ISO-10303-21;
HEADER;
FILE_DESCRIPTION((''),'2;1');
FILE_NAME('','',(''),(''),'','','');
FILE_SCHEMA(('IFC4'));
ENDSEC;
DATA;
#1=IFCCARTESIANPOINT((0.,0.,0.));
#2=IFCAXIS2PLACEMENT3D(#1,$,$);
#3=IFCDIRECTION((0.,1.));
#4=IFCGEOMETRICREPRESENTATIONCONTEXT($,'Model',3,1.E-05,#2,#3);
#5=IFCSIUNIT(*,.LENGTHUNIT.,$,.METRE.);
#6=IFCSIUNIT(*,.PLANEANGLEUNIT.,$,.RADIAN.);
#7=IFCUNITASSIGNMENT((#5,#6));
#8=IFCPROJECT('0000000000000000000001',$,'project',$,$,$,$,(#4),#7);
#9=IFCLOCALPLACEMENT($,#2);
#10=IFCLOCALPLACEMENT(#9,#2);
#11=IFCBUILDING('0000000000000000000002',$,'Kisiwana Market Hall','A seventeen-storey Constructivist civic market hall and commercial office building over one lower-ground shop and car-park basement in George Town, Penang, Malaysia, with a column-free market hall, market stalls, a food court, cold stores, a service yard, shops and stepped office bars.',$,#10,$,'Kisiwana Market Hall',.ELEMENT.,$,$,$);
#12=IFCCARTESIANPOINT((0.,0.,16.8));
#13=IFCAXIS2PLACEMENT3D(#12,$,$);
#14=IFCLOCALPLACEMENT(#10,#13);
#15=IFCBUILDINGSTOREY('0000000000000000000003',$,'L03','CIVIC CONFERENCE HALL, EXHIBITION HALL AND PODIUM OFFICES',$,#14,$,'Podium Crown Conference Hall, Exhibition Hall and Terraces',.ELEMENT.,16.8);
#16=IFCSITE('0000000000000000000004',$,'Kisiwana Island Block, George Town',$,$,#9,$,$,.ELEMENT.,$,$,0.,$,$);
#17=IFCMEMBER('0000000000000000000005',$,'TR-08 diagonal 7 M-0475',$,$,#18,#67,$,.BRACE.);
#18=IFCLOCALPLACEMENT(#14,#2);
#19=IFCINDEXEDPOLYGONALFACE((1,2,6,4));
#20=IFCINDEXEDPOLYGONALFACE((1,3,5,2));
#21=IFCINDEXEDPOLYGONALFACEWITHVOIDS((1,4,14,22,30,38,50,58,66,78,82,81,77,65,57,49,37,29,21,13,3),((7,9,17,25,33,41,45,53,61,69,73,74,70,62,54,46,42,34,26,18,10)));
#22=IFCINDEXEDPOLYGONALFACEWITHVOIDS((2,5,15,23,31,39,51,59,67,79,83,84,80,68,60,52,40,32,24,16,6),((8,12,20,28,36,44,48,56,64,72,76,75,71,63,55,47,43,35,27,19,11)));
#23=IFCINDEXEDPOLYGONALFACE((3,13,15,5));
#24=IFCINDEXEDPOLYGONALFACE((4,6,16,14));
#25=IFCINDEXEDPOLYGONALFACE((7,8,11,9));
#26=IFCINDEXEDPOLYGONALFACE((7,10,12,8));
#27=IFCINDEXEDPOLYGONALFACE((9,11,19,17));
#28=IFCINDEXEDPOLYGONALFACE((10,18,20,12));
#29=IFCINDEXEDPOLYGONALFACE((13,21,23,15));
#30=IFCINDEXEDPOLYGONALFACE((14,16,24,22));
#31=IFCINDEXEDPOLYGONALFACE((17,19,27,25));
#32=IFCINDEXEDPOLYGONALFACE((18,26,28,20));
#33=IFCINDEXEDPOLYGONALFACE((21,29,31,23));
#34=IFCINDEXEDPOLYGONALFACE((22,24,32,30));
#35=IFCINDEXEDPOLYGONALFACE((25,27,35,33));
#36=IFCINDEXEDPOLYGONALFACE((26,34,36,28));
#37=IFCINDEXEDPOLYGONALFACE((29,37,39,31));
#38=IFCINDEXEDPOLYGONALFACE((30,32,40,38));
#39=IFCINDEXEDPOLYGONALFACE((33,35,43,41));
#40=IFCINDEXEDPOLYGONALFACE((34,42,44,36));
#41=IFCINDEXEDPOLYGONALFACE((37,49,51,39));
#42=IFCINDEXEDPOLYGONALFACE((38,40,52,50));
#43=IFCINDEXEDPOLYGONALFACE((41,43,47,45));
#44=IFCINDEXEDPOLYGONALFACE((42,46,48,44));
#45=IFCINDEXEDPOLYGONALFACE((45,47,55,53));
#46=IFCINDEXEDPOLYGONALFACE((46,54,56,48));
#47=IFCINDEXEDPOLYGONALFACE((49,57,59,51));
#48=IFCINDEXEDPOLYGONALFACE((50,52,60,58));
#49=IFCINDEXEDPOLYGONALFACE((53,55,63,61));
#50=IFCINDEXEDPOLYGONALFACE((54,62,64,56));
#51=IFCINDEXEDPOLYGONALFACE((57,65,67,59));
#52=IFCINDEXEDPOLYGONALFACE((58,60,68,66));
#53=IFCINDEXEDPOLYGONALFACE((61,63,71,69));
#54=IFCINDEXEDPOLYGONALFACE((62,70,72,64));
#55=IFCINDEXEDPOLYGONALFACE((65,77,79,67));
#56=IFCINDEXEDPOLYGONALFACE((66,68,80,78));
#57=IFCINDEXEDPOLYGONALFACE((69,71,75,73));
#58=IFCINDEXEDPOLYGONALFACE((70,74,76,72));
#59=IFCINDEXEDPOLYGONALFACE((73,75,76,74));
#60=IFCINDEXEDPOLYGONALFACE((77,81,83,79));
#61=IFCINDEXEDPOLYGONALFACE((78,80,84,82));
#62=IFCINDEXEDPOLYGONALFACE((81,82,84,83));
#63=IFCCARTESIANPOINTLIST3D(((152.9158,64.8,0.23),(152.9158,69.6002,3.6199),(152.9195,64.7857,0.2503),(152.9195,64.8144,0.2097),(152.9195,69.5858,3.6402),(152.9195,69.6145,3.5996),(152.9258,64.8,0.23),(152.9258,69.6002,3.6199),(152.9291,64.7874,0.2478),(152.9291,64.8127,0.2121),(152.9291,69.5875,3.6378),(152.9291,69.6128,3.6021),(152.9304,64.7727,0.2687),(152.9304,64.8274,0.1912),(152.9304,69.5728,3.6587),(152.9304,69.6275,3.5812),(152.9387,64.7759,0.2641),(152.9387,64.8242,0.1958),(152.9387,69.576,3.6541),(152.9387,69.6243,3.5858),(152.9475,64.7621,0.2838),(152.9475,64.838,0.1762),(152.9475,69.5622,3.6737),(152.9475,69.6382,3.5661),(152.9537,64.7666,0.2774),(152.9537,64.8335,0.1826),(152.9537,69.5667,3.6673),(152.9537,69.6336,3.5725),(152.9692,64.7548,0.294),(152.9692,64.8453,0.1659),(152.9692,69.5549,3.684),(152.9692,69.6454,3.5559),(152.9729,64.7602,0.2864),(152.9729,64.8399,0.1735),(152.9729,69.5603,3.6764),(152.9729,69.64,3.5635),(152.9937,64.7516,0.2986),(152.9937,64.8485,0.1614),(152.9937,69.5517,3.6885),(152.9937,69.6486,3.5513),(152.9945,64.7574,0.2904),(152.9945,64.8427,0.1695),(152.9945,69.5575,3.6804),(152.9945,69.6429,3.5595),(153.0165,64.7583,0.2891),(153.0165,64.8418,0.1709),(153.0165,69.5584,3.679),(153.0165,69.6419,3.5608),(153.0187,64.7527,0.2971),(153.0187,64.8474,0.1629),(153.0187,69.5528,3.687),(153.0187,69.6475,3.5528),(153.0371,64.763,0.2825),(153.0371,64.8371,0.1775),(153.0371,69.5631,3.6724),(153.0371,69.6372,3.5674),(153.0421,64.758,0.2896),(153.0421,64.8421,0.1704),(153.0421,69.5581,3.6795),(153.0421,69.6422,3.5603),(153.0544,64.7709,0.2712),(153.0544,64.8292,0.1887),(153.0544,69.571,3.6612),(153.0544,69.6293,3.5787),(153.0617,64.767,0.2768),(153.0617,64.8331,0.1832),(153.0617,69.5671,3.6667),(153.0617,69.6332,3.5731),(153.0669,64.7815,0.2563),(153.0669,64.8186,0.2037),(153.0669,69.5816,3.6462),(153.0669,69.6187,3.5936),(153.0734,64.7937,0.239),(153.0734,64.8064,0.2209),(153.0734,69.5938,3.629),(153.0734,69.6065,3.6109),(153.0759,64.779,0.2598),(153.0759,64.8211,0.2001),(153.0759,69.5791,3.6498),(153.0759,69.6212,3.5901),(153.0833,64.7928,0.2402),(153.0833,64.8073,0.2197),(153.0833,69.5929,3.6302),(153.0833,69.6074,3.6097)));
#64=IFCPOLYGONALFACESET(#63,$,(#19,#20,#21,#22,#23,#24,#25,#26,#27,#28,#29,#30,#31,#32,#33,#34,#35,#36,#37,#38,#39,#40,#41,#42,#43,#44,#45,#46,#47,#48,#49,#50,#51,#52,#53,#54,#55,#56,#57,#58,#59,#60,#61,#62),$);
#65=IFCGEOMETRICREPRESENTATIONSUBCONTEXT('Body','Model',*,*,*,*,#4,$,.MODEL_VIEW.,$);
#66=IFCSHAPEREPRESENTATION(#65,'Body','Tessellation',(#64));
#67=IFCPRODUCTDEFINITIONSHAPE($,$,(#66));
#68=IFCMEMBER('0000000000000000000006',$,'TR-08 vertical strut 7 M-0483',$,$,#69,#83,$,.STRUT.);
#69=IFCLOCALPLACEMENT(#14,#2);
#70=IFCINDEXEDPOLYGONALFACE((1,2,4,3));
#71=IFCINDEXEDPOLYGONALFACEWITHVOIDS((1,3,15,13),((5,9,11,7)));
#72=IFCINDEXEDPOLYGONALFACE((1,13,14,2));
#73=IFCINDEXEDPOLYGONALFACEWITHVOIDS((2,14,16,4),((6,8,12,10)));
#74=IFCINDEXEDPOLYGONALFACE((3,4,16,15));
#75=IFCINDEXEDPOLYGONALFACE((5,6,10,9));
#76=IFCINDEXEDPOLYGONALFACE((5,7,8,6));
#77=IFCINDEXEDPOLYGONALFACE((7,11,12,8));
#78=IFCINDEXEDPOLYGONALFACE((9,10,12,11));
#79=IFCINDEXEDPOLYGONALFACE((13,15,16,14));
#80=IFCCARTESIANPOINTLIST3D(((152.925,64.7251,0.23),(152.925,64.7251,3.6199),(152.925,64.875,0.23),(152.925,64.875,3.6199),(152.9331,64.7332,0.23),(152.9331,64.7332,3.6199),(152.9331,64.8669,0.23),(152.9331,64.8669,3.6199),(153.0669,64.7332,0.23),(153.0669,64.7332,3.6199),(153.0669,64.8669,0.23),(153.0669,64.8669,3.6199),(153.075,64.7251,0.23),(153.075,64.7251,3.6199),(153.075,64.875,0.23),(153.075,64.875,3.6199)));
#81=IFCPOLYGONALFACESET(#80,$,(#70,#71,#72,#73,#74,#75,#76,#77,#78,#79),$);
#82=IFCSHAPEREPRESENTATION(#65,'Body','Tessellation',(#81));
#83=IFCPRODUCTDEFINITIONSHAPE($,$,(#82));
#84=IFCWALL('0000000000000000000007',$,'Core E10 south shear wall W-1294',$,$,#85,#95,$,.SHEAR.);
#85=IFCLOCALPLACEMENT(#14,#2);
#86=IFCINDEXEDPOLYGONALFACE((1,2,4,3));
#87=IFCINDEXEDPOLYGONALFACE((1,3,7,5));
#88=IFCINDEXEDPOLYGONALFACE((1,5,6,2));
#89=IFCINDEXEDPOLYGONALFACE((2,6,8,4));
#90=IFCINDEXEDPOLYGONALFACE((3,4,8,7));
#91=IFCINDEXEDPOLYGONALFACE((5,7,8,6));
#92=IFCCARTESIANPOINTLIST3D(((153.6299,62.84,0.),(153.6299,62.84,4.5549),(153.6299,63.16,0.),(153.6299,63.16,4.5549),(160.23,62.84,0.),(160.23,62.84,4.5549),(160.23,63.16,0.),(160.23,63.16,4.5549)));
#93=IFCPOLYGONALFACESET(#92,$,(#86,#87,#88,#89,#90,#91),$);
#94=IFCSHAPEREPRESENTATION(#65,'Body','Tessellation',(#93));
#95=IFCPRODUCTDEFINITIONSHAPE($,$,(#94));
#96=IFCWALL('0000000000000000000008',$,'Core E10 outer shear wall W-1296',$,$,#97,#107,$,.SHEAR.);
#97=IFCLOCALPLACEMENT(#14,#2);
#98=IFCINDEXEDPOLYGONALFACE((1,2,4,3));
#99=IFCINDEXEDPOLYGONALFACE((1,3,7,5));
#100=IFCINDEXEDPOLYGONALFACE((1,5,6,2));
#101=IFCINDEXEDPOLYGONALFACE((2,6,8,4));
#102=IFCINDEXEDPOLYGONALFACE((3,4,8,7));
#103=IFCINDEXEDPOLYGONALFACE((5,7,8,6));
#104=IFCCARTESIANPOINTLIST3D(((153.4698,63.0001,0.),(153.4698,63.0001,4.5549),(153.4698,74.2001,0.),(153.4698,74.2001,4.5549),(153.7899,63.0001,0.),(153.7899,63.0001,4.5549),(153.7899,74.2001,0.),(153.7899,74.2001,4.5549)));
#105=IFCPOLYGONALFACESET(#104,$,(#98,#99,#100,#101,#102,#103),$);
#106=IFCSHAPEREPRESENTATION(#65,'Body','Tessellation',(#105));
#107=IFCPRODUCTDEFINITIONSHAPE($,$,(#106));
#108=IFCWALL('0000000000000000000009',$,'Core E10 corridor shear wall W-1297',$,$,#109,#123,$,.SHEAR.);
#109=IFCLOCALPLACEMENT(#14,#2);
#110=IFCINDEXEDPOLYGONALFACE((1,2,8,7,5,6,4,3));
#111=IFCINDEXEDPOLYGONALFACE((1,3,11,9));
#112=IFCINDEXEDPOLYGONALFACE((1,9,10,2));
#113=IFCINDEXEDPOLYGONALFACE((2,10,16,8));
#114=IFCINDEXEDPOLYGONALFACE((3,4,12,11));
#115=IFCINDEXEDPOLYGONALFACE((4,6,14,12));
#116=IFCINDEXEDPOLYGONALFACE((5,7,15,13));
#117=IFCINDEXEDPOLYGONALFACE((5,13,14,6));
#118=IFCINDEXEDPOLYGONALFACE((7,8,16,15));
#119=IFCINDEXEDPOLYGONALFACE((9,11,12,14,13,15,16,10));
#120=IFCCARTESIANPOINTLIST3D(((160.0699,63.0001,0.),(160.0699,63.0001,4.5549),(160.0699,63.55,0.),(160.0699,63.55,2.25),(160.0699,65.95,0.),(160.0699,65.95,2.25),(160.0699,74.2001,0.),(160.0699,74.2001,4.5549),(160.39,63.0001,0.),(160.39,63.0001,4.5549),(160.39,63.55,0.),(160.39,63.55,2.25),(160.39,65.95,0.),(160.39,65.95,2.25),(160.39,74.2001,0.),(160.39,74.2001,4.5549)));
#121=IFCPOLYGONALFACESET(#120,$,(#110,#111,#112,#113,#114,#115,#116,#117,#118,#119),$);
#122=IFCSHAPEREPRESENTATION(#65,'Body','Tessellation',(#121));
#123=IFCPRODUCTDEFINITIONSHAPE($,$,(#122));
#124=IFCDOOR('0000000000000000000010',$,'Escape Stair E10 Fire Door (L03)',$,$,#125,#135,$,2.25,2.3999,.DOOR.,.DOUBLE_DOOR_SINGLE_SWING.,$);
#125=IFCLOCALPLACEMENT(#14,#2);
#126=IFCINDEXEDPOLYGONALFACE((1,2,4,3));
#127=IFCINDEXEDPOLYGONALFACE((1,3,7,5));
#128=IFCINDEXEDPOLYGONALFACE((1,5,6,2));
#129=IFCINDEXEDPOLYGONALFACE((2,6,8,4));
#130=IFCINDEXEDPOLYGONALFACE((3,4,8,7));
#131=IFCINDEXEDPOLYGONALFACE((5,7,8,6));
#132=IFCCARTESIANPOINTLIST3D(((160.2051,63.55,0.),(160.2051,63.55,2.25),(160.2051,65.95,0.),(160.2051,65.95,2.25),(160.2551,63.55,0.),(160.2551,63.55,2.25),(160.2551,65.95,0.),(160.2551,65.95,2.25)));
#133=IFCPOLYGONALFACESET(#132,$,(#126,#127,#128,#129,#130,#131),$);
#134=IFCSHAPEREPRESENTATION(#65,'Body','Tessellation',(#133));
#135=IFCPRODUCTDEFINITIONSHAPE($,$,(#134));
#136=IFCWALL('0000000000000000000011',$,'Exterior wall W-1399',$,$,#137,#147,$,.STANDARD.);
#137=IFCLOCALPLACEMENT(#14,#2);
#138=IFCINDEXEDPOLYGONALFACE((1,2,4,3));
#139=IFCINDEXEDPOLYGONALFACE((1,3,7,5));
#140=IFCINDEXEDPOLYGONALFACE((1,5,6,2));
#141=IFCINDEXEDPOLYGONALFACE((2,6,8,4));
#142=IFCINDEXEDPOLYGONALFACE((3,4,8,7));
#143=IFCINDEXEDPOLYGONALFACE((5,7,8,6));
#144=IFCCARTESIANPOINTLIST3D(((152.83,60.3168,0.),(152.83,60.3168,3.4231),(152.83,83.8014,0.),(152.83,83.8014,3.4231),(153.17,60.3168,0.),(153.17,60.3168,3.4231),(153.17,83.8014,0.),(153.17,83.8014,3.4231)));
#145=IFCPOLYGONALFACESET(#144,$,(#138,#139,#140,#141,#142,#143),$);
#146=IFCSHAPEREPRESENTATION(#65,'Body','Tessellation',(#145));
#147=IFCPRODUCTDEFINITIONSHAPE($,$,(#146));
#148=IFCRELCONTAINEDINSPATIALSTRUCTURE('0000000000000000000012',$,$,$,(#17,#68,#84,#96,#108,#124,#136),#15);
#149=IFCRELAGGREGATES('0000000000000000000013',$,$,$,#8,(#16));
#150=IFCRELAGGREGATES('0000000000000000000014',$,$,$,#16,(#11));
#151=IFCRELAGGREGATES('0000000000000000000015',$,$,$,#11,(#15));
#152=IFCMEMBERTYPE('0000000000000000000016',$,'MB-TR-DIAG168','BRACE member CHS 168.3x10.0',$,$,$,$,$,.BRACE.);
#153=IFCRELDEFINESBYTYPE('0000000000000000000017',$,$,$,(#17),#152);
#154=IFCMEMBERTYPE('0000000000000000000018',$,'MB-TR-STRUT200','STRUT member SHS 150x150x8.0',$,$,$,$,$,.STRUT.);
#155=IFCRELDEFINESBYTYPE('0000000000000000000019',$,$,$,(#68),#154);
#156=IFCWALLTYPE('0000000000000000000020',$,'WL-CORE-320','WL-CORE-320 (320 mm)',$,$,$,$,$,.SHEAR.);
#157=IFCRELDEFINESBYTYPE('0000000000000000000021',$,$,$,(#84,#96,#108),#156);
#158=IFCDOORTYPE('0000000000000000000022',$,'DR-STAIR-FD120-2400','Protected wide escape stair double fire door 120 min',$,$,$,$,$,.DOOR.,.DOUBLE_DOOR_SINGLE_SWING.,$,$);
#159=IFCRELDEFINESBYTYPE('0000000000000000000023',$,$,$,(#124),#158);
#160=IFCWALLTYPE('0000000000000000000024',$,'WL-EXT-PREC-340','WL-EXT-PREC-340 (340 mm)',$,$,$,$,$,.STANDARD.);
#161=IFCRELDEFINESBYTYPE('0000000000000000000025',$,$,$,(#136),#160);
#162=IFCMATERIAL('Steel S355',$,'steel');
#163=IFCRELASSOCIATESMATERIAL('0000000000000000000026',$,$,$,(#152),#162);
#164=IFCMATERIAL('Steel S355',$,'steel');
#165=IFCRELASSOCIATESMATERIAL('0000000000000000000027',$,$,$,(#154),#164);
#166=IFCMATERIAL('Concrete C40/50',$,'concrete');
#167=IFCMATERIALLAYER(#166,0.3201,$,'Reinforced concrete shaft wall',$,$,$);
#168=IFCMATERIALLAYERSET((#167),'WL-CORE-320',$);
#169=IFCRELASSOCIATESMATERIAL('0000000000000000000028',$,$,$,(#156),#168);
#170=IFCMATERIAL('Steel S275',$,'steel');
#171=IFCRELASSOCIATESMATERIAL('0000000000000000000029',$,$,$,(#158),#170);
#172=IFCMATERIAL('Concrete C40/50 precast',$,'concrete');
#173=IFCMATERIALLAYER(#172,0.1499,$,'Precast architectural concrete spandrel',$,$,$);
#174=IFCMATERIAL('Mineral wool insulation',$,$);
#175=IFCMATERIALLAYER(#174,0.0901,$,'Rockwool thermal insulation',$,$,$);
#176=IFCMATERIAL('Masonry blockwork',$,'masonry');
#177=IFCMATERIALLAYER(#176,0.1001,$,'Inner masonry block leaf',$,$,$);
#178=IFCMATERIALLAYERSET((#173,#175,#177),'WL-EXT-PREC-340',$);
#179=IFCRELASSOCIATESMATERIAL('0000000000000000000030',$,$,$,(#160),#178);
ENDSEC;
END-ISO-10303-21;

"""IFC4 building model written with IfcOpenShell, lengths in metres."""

from ifc_helpers import new_model, si_unit, direction, frame, frame_2d, origin, origin_2d, place, context, subcontext, project, spatial, rectangle, hollow_rectangle, hollow_circle, extrude, material, layer, layer_set, material_profile, profile_set, type_object, element, fill, save


model = new_model("IFC4")

# Units and contexts
model_context = context("Model", 3, precision=1e-05, world=origin(), true_north=direction((0.0, 1.0)))
body_context = subcontext(model_context, "Body", "Model", "MODEL_VIEW")
ifc_project = project(units=[si_unit("LENGTHUNIT", "METRE"), si_unit("PLANEANGLEUNIT", "RADIAN")], contexts=[model_context])

# Site, building, storey
site_placement = place(None, origin())
site = spatial("IfcSite", under=ifc_project, at=site_placement, Name="Kisiwana Island Block, George Town", CompositionType="ELEMENT", RefElevation=0.0)
building_placement = place(site_placement, origin())
building = spatial("IfcBuilding", under=site, at=building_placement, Name="Kisiwana Market Hall", Description="A seventeen-storey Constructivist civic market hall and commercial office building over one lower-ground shop and car-park basement in George Town, Penang, Malaysia, with a column-free market hall, market stalls, a food court, cold stores, a service yard, shops and stepped office bars.", LongName="Kisiwana Market Hall", CompositionType="ELEMENT")
storey_placement = place(building_placement, frame((0.0, 0.0, 16.8)))
storey = spatial("IfcBuildingStorey", under=building, at=storey_placement, Name="L03", Description="CIVIC CONFERENCE HALL, EXHIBITION HALL AND PODIUM OFFICES", LongName="Podium Crown Conference Hall, Exhibition Hall and Terraces", CompositionType="ELEMENT", Elevation=16.8)

# Members
ifc_material_1 = material(Name="Steel S355", Category="steel")
ifc_material_profile_1 = material_profile(ifc_material_1, hollow_circle(Radius=0.0842, WallThickness=0.01, at=origin_2d()), Name="CHS 168.3x10.0")
ifc_profile_set_1 = profile_set([ifc_material_profile_1], Name="Steel S355")
member_type_1 = type_object("IfcMemberType", Name="MB-TR-DIAG168", Description="BRACE member CHS 168.3x10.0", PredefinedType="BRACE", material=ifc_profile_set_1)
for number, where, z_axis, x_axis, name in (
    (1, (153.0, 64.8, 0.23), (0.0, 0.816838, 0.576868), (-1.0, 0.0, 0.0), "TR-08 diagonal 7 M-0475"),
):
    element("IfcMember", number, at=place(storey_placement, frame(where, z_axis=z_axis, x_axis=x_axis)), inside=storey, type_object=member_type_1, Name=name, PredefinedType="BRACE", context=body_context, shape_type="SweptSolid", body=[
        extrude(hollow_circle(Radius=0.0842, WallThickness=0.01, at=origin_2d()), origin(), (0.0, 0.0, 1.0), 5.8765),
    ])
ifc_material_2 = material(Name="Steel S355", Category="steel")
ifc_material_profile_2 = material_profile(ifc_material_2, hollow_rectangle(XDim=0.1499, YDim=0.1499, WallThickness=0.0081, at=origin_2d()), Name="SHS 150x150x8.0")
ifc_profile_set_2 = profile_set([ifc_material_profile_2], Name="Steel S355")
member_type_2 = type_object("IfcMemberType", Name="MB-TR-STRUT200", Description="STRUT member SHS 150x150x8.0", PredefinedType="STRUT", material=ifc_profile_set_2)
member_1_placement = place(storey_placement, frame((153.0, 64.8, 0.23), z_axis=(0.0, 0.0, 1.0), x_axis=(1.0, 0.0, 0.0)))
element("IfcMember", 2, at=member_1_placement, inside=storey, type_object=member_type_2, Name="TR-08 vertical strut 7 M-0483", PredefinedType="STRUT", context=body_context, shape_type="SweptSolid", body=[
    extrude(hollow_rectangle(XDim=0.1499, YDim=0.1499, WallThickness=0.0081, at=origin_2d()), origin(), (0.0, 0.0, 1.0), 3.3899),
])

# Walls
ifc_material_3 = material(Name="Concrete C40/50", Category="concrete")
ifc_layer_1 = layer(ifc_material_3, 0.3201, Name="Reinforced concrete shaft wall")
ifc_layer_set_1 = layer_set([ifc_layer_1], Name="WL-CORE-320")
wall_type_1 = type_object("IfcWallType", Name="WL-CORE-320", Description="WL-CORE-320 (320 mm)", PredefinedType="SHEAR", material=ifc_layer_set_1)
wall_1_placement = place(storey_placement, frame((153.6299, 63.0, 0.0), z_axis=(0.0, 0.0, 1.0), x_axis=(1.0, 0.0, 0.0)))
element("IfcWall", 3, at=wall_1_placement, inside=storey, type_object=wall_type_1, Name="Core E10 south shear wall W-1294", PredefinedType="SHEAR", context=body_context, shape_type="SweptSolid", body=[
    extrude(rectangle(XDim=6.6001, YDim=0.3201, at=frame_2d((3.3, 0.0))), origin(), (0.0, 0.0, 1.0), 4.5549),
])
wall_2_placement = place(storey_placement, frame((153.6299, 63.0, 0.0), z_axis=(0.0, 0.0, 1.0), x_axis=(0.0, 1.0, 0.0)))
element("IfcWall", 4, at=wall_2_placement, inside=storey, type_object=wall_type_1, Name="Core E10 outer shear wall W-1296", PredefinedType="SHEAR", context=body_context, shape_type="SweptSolid", body=[
    extrude(rectangle(XDim=11.2, YDim=0.3201, at=frame_2d((5.6001, 0.0))), origin(), (0.0, 0.0, 1.0), 4.5549),
])

# Wall, opening, door
wall_3_placement = place(storey_placement, frame((160.23, 63.0, 0.0), z_axis=(0.0, 0.0, 1.0), x_axis=(0.0, 1.0, 0.0)))
wall_3 = element("IfcWall", 5, at=wall_3_placement, inside=storey, type_object=wall_type_1, Name="Core E10 corridor shear wall W-1297", PredefinedType="SHEAR", context=body_context, shape_type="SweptSolid", body=[
    extrude(rectangle(XDim=11.2, YDim=0.3201, at=frame_2d((5.6001, 0.0))), origin(), (0.0, 0.0, 1.0), 4.5549),
])
opening_placement = place(wall_3_placement, frame((0.55, 0.0, 0.0)))
opening = element("IfcOpeningElement", 6, at=opening_placement, cuts=wall_3, PredefinedType="OPENING", context=body_context, shape_type="SweptSolid", body=[
    extrude(rectangle(XDim=2.3999, YDim=2.25, at=frame_2d((1.2, 1.125))), frame((0.0, 0.1719, 0.0), z_axis=(0.0, -1.0, 0.0), x_axis=(1.0, 0.0, 0.0)), (0.0, 0.0, 1.0), 0.344),
])
ifc_material_4 = material(Name="Steel S275", Category="steel")
door_type = type_object("IfcDoorType", Name="DR-STAIR-FD120-2400", Description="Protected wide escape stair double fire door 120 min", OperationType="DOUBLE_DOOR_SINGLE_SWING", PredefinedType="DOOR", material=ifc_material_4)
door_placement = place(opening_placement, origin())
door = element("IfcDoor", 7, at=door_placement, inside=storey, type_object=door_type, Name="Escape Stair E10 Fire Door (L03)", OperationType="DOUBLE_DOOR_SINGLE_SWING", OverallHeight=2.25, OverallWidth=2.3999, PredefinedType="DOOR", context=body_context, shape_type="SweptSolid", body=[
    extrude(rectangle(XDim=2.3999, YDim=2.25, at=frame_2d((1.2, 1.125))), frame((0.0, 0.0249, 0.0), z_axis=(0.0, -1.0, 0.0), x_axis=(1.0, 0.0, 0.0)), (0.0, 0.0, 1.0), 0.05),
])
fill(opening, door)

# Wall
ifc_material_5 = material(Name="Concrete C40/50 precast", Category="concrete")
ifc_layer_2 = layer(ifc_material_5, 0.1499, Name="Precast architectural concrete spandrel")
ifc_material_6 = material(Name="Mineral wool insulation")
ifc_layer_3 = layer(ifc_material_6, 0.0901, Name="Rockwool thermal insulation")
ifc_material_7 = material(Name="Masonry blockwork", Category="masonry")
ifc_layer_4 = layer(ifc_material_7, 0.1001, Name="Inner masonry block leaf")
ifc_layer_set_2 = layer_set([ifc_layer_2, ifc_layer_3, ifc_layer_4], Name="WL-EXT-PREC-340")
wall_type_2 = type_object("IfcWallType", Name="WL-EXT-PREC-340", Description="WL-EXT-PREC-340 (340 mm)", PredefinedType="STANDARD", material=ifc_layer_set_2)
wall_4_placement = place(storey_placement, frame((153.0, 60.3169, 0.0), z_axis=(0.0, 0.0, 1.0), x_axis=(0.0, 1.0, 0.0)))
element("IfcWall", 8, at=wall_4_placement, inside=storey, type_object=wall_type_2, Name="Exterior wall W-1399", PredefinedType="STANDARD", context=body_context, shape_type="SweptSolid", body=[
    extrude(rectangle(XDim=23.4846, YDim=0.3401, at=frame_2d((11.7422, 0.0))), origin(), (0.0, 0.0, 1.0), 3.4231),
])

save(model, "model.ifc")
